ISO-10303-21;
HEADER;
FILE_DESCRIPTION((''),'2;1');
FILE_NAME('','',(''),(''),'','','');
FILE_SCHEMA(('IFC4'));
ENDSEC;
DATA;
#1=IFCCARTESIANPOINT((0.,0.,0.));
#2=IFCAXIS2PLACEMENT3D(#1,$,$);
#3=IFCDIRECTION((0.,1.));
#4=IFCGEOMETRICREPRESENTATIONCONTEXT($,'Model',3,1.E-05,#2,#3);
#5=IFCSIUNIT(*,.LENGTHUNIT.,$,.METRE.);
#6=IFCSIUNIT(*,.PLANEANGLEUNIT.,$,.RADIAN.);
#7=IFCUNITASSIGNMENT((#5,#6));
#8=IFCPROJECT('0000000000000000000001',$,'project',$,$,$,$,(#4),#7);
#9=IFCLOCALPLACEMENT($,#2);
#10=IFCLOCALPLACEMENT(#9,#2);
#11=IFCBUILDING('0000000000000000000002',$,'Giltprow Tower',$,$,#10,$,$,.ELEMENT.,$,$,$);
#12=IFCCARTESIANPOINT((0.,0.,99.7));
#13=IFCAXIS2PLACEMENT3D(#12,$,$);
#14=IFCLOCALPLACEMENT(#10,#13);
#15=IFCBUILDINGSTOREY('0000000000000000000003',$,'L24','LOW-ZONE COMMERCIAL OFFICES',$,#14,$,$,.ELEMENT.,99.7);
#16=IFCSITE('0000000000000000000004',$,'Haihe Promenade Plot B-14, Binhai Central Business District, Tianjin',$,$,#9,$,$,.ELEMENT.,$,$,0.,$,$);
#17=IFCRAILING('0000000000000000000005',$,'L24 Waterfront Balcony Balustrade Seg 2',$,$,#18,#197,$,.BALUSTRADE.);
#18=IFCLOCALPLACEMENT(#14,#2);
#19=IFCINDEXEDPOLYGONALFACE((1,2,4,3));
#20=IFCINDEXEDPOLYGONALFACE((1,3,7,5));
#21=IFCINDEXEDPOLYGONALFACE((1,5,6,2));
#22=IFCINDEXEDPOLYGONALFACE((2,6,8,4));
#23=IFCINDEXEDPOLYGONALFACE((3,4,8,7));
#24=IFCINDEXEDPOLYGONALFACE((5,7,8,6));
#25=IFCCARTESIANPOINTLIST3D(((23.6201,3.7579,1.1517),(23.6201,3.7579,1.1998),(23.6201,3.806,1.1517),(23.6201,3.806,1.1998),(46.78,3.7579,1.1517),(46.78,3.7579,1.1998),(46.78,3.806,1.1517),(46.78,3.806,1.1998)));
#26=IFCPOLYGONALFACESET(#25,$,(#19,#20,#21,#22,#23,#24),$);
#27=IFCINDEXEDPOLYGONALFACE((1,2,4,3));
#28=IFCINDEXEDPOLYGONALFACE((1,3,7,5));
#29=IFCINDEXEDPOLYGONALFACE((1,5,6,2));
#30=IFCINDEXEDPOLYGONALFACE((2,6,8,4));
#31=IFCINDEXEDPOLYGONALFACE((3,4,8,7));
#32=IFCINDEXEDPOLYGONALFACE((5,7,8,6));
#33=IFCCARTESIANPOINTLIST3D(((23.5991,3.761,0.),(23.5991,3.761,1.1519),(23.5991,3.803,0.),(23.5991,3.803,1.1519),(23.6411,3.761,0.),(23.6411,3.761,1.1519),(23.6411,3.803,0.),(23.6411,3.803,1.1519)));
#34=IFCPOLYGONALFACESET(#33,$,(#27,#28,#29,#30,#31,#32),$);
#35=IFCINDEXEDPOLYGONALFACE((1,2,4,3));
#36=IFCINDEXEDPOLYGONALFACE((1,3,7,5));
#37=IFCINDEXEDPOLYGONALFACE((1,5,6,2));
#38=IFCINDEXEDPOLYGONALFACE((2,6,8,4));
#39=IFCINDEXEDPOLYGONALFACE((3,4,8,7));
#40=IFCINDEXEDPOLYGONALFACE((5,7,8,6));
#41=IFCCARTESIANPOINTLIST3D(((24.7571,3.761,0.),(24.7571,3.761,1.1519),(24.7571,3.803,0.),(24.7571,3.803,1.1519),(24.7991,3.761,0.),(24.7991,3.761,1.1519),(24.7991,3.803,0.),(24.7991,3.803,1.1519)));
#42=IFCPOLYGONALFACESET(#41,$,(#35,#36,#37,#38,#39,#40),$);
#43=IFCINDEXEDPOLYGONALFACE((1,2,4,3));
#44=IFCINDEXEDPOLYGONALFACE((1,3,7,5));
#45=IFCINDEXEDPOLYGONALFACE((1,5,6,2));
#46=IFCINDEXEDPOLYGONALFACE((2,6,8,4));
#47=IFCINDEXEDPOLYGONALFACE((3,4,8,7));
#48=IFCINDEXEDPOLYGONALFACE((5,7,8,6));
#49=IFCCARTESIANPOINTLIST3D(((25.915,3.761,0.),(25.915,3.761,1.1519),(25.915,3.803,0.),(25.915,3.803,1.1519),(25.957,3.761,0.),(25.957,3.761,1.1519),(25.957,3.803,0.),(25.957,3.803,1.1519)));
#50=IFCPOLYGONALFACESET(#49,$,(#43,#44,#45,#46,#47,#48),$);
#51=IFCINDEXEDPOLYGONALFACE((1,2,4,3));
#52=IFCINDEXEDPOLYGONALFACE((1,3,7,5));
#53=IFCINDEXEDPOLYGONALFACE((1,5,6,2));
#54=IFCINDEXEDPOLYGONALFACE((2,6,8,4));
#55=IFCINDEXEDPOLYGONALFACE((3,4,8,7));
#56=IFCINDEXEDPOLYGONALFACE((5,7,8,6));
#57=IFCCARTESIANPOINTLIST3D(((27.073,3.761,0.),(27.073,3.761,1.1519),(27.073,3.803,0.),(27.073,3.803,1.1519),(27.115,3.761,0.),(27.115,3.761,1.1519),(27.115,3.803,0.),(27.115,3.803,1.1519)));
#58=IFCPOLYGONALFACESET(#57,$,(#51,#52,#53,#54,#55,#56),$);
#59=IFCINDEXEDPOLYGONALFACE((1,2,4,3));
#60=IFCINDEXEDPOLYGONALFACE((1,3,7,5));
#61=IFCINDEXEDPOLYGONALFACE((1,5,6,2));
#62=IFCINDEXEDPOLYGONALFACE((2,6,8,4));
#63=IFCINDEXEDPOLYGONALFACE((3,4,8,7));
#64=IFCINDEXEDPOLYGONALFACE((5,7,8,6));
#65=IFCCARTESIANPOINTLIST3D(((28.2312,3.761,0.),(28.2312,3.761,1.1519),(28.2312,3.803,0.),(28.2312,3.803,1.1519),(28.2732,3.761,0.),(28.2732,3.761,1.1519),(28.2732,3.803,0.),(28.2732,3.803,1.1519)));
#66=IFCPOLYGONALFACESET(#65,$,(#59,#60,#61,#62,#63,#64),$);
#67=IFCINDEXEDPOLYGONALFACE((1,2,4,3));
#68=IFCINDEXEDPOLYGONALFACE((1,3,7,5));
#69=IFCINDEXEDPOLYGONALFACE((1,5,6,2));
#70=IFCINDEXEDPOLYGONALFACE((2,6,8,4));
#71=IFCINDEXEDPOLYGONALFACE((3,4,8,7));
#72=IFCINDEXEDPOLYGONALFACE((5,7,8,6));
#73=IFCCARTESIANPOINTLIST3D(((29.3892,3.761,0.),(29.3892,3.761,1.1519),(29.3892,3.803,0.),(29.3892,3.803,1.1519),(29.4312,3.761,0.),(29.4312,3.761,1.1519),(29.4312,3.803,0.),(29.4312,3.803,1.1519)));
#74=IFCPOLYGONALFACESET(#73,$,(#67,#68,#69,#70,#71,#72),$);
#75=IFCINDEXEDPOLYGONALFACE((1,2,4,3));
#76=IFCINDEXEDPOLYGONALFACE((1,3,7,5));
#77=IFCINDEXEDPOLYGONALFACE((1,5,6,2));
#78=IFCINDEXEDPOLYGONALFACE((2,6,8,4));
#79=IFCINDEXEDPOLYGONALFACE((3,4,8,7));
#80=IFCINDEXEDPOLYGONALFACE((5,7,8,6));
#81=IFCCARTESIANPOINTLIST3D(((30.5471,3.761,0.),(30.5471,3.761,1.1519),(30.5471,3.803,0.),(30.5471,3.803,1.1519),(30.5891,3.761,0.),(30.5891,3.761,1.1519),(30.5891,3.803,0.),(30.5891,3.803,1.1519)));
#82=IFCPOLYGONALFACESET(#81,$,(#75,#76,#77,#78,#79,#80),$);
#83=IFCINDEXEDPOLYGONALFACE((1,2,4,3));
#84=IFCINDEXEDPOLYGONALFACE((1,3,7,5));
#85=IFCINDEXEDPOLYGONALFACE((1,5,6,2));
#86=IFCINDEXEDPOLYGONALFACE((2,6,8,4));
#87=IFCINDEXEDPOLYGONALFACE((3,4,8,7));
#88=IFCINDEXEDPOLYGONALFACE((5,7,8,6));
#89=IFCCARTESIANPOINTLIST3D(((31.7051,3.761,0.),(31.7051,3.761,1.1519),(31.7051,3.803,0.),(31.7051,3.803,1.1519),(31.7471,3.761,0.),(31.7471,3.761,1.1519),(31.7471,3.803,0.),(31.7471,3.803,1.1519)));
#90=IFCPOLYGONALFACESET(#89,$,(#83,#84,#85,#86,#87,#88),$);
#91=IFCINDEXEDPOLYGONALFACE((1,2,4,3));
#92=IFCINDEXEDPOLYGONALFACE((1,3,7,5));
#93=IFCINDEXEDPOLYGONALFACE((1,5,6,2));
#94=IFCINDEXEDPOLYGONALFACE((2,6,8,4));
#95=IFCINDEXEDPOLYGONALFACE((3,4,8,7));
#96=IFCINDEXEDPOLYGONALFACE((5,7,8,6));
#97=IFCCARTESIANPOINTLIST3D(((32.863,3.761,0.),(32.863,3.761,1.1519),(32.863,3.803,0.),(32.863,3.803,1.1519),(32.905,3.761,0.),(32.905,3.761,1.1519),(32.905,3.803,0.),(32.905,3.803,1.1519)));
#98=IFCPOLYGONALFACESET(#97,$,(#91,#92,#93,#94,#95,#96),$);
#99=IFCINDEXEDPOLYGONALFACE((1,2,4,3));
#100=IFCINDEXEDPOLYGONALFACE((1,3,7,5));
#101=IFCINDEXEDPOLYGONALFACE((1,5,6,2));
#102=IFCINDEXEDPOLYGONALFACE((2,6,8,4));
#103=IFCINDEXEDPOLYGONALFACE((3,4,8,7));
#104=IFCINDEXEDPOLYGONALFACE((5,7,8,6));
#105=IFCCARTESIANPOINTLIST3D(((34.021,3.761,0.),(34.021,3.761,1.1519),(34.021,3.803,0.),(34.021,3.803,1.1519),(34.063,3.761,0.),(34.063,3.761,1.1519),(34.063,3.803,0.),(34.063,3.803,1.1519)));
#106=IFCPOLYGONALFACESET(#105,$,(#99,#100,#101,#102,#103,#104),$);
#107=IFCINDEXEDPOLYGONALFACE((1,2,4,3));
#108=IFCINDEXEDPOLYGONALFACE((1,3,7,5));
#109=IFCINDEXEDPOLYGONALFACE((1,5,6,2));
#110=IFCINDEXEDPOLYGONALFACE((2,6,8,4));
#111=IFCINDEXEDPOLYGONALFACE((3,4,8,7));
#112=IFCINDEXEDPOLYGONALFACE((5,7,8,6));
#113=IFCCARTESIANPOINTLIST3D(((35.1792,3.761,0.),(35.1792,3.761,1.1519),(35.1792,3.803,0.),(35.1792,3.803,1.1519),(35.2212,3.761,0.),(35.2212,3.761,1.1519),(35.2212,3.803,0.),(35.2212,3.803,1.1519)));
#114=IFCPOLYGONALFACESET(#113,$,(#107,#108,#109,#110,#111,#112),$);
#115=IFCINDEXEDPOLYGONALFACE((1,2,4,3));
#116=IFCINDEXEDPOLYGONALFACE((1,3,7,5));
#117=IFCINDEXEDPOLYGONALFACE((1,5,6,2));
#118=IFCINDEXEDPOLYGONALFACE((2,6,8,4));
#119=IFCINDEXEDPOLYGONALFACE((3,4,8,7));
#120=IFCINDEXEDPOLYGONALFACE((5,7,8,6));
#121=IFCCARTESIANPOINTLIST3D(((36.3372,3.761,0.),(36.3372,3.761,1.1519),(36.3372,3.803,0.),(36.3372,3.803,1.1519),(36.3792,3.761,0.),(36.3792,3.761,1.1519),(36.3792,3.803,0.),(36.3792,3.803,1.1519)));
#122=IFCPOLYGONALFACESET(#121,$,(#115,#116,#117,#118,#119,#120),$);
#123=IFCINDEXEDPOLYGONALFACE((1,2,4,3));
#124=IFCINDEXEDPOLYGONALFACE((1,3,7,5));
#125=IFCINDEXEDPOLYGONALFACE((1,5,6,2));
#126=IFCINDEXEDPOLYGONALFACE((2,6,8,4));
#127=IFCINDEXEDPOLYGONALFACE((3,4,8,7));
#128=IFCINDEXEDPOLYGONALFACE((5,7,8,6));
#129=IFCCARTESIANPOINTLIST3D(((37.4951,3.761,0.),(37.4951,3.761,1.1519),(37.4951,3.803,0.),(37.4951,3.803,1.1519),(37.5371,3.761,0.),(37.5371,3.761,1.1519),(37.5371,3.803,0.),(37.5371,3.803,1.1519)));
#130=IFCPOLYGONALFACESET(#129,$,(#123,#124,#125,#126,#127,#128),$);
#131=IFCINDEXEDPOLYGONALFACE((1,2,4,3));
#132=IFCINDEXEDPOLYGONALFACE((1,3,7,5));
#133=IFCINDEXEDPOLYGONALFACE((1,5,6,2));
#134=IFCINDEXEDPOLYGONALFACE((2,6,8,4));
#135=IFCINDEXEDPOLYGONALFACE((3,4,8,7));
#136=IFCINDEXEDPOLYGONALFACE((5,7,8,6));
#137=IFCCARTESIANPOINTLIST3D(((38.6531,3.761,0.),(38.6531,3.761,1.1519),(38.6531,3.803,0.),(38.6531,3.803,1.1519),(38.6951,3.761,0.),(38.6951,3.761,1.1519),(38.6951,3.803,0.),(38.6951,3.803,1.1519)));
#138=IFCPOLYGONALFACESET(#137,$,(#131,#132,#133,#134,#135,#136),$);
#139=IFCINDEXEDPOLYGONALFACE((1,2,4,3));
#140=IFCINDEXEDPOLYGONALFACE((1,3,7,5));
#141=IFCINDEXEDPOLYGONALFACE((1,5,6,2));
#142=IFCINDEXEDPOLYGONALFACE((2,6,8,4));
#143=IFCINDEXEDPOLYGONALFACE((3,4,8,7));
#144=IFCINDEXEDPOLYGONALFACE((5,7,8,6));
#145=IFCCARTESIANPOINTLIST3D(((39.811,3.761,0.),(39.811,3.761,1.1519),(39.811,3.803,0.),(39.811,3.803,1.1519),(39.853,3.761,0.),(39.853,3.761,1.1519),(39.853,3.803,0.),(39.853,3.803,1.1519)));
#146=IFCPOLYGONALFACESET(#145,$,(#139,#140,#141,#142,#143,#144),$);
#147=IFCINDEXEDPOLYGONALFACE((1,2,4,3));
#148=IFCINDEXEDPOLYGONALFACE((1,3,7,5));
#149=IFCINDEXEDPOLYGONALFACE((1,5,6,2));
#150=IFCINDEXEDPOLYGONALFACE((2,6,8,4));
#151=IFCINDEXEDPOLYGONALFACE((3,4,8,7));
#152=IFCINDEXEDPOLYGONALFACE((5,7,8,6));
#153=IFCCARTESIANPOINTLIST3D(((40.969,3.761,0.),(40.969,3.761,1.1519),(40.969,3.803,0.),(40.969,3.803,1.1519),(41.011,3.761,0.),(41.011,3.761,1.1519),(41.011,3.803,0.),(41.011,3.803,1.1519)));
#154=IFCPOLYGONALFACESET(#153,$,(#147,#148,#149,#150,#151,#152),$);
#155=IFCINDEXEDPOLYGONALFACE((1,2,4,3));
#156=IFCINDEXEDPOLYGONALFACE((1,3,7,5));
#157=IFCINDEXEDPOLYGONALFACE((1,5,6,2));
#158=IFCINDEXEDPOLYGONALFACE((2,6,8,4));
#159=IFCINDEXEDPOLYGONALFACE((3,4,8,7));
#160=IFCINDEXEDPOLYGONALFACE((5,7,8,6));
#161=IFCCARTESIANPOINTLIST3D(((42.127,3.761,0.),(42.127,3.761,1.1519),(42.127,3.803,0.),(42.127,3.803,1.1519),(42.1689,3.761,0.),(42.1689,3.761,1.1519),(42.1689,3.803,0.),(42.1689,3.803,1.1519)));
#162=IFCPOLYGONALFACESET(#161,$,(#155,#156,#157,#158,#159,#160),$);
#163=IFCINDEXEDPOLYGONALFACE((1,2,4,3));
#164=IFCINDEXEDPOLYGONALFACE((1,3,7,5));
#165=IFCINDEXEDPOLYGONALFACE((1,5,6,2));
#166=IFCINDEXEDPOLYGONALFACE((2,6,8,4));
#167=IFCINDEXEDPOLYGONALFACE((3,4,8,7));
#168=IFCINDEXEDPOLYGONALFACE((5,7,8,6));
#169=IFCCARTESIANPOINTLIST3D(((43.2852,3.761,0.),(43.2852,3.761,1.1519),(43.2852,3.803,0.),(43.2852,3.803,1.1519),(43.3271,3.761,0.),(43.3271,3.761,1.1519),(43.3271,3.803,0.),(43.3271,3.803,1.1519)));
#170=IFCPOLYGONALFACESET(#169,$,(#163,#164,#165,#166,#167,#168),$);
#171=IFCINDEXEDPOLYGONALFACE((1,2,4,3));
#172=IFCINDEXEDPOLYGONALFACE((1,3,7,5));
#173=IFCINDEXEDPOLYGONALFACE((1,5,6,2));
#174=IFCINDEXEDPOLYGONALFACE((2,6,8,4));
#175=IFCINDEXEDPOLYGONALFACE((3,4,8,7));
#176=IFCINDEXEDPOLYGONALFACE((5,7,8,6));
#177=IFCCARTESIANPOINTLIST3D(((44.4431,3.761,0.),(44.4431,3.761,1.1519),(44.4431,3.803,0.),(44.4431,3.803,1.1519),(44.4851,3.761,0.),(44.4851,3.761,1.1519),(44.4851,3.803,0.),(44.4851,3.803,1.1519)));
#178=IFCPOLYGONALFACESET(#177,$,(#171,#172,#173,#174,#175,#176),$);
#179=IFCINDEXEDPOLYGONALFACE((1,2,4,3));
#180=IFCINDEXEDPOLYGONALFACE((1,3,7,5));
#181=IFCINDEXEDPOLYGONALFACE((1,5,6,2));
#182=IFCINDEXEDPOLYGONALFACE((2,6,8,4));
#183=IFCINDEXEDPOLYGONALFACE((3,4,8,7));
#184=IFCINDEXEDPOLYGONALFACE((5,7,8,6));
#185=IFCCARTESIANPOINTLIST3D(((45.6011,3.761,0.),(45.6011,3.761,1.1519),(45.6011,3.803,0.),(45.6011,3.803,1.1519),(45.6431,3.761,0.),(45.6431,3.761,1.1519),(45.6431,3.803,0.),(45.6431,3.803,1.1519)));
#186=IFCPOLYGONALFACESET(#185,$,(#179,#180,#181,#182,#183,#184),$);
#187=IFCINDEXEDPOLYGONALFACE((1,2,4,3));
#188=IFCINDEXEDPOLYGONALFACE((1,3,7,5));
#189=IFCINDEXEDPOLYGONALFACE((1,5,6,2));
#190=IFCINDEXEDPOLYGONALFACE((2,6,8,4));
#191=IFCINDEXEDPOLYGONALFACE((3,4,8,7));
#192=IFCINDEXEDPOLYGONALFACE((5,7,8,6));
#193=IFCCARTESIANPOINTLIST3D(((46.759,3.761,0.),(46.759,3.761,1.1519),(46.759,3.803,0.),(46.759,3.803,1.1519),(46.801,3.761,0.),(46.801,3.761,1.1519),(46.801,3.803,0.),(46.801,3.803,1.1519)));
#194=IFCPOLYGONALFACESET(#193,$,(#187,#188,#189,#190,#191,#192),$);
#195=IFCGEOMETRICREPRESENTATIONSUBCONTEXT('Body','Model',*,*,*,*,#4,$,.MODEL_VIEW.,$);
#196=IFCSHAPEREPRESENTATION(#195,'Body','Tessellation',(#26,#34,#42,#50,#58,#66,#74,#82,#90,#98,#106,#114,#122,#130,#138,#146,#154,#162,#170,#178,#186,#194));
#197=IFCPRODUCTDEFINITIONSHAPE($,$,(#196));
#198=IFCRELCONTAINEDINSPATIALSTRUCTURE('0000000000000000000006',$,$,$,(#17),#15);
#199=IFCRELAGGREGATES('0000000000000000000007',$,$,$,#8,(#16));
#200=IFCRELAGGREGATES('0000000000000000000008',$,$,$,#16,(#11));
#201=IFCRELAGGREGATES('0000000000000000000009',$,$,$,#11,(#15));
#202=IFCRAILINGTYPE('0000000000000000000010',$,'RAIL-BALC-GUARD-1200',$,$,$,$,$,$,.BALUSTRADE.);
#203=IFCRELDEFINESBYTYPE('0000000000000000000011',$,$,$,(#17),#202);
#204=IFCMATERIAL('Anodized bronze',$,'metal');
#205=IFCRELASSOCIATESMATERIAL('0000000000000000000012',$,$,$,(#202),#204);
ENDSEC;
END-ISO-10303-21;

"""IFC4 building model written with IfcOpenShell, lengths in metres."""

from ifc_helpers import new_model, si_unit, direction, frame, origin, origin_2d, place, context, subcontext, project, spatial, rectangle, extrude, material, type_object, element, save


model = new_model("IFC4")

# Units and contexts
model_context = context("Model", 3, precision=1e-05, world=origin(), true_north=direction((0.0, 1.0)))
body_context = subcontext(model_context, "Body", "Model", "MODEL_VIEW")
ifc_project = project(units=[si_unit("LENGTHUNIT", "METRE"), si_unit("PLANEANGLEUNIT", "RADIAN")], contexts=[model_context])

# Site, building, storey
site_placement = place(None, origin())
site = spatial("IfcSite", under=ifc_project, at=site_placement, Name="Haihe Promenade Plot B-14, Binhai Central Business District, Tianjin", CompositionType="ELEMENT", RefElevation=0.0)
building_placement = place(site_placement, origin())
building = spatial("IfcBuilding", under=site, at=building_placement, Name="Giltprow Tower", CompositionType="ELEMENT")
storey_placement = place(building_placement, frame((0.0, 0.0, 99.7)))
storey = spatial("IfcBuildingStorey", under=building, at=storey_placement, Name="L24", Description="LOW-ZONE COMMERCIAL OFFICES", CompositionType="ELEMENT", Elevation=99.7)

# Shared definitions
ifc_material_1 = material(Name="Anodized bronze", Category="metal")

# Railing
railing_type = type_object("IfcRailingType", Name="RAIL-BALC-GUARD-1200", PredefinedType="BALUSTRADE", material=ifc_material_1)
railing_1_placement = place(storey_placement, frame((23.6201, 3.782, 0.0)))
element("IfcRailing", 1, at=railing_1_placement, inside=storey, type_object=railing_type, Name="L24 Waterfront Balcony Balustrade Seg 2", PredefinedType="BALUSTRADE", context=body_context, shape_type="SweptSolid", body=[
    extrude(rectangle(XDim=0.0481, YDim=0.0481, at=origin_2d()), frame((0.0, 0.0, 1.1758), z_axis=(1.0, 0.0, 0.0), x_axis=(0.0, 1.0, 0.0)), (0.0, 0.0, 1.0), 23.1599),
    extrude(rectangle(XDim=0.042, YDim=0.042, at=origin_2d()), origin(), (0.0, 0.0, 1.0), 1.1519),
    extrude(rectangle(XDim=0.042, YDim=0.042, at=origin_2d()), frame((1.158, 0.0, 0.0)), (0.0, 0.0, 1.0), 1.1519),
    extrude(rectangle(XDim=0.042, YDim=0.042, at=origin_2d()), frame((2.3159, 0.0, 0.0)), (0.0, 0.0, 1.0), 1.1519),
    extrude(rectangle(XDim=0.042, YDim=0.042, at=origin_2d()), frame((3.4739, 0.0, 0.0)), (0.0, 0.0, 1.0), 1.1519),
    extrude(rectangle(XDim=0.042, YDim=0.042, at=origin_2d()), frame((4.6321, 0.0, 0.0)), (0.0, 0.0, 1.0), 1.1519),
    extrude(rectangle(XDim=0.042, YDim=0.042, at=origin_2d()), frame((5.79, 0.0, 0.0)), (0.0, 0.0, 1.0), 1.1519),
    extrude(rectangle(XDim=0.042, YDim=0.042, at=origin_2d()), frame((6.948, 0.0, 0.0)), (0.0, 0.0, 1.0), 1.1519),
    extrude(rectangle(XDim=0.042, YDim=0.042, at=origin_2d()), frame((8.106, 0.0, 0.0)), (0.0, 0.0, 1.0), 1.1519),
    extrude(rectangle(XDim=0.042, YDim=0.042, at=origin_2d()), frame((9.2639, 0.0, 0.0)), (0.0, 0.0, 1.0), 1.1519),
    extrude(rectangle(XDim=0.042, YDim=0.042, at=origin_2d()), frame((10.4219, 0.0, 0.0)), (0.0, 0.0, 1.0), 1.1519),
    extrude(rectangle(XDim=0.042, YDim=0.042, at=origin_2d()), frame((11.5801, 0.0, 0.0)), (0.0, 0.0, 1.0), 1.1519),
    extrude(rectangle(XDim=0.042, YDim=0.042, at=origin_2d()), frame((12.738, 0.0, 0.0)), (0.0, 0.0, 1.0), 1.1519),
    extrude(rectangle(XDim=0.042, YDim=0.042, at=origin_2d()), frame((13.896, 0.0, 0.0)), (0.0, 0.0, 1.0), 1.1519),
    extrude(rectangle(XDim=0.042, YDim=0.042, at=origin_2d()), frame((15.054, 0.0, 0.0)), (0.0, 0.0, 1.0), 1.1519),
    extrude(rectangle(XDim=0.042, YDim=0.042, at=origin_2d()), frame((16.2119, 0.0, 0.0)), (0.0, 0.0, 1.0), 1.1519),
    extrude(rectangle(XDim=0.042, YDim=0.042, at=origin_2d()), frame((17.3699, 0.0, 0.0)), (0.0, 0.0, 1.0), 1.1519),
    extrude(rectangle(XDim=0.042, YDim=0.042, at=origin_2d()), frame((18.5278, 0.0, 0.0)), (0.0, 0.0, 1.0), 1.1519),
    extrude(rectangle(XDim=0.042, YDim=0.042, at=origin_2d()), frame((19.686, 0.0, 0.0)), (0.0, 0.0, 1.0), 1.1519),
    extrude(rectangle(XDim=0.042, YDim=0.042, at=origin_2d()), frame((20.844, 0.0, 0.0)), (0.0, 0.0, 1.0), 1.1519),
    extrude(rectangle(XDim=0.042, YDim=0.042, at=origin_2d()), frame((22.002, 0.0, 0.0)), (0.0, 0.0, 1.0), 1.1519),
    extrude(rectangle(XDim=0.042, YDim=0.042, at=origin_2d()), frame((23.1599, 0.0, 0.0)), (0.0, 0.0, 1.0), 1.1519),
])

save(model, "model.ifc")
